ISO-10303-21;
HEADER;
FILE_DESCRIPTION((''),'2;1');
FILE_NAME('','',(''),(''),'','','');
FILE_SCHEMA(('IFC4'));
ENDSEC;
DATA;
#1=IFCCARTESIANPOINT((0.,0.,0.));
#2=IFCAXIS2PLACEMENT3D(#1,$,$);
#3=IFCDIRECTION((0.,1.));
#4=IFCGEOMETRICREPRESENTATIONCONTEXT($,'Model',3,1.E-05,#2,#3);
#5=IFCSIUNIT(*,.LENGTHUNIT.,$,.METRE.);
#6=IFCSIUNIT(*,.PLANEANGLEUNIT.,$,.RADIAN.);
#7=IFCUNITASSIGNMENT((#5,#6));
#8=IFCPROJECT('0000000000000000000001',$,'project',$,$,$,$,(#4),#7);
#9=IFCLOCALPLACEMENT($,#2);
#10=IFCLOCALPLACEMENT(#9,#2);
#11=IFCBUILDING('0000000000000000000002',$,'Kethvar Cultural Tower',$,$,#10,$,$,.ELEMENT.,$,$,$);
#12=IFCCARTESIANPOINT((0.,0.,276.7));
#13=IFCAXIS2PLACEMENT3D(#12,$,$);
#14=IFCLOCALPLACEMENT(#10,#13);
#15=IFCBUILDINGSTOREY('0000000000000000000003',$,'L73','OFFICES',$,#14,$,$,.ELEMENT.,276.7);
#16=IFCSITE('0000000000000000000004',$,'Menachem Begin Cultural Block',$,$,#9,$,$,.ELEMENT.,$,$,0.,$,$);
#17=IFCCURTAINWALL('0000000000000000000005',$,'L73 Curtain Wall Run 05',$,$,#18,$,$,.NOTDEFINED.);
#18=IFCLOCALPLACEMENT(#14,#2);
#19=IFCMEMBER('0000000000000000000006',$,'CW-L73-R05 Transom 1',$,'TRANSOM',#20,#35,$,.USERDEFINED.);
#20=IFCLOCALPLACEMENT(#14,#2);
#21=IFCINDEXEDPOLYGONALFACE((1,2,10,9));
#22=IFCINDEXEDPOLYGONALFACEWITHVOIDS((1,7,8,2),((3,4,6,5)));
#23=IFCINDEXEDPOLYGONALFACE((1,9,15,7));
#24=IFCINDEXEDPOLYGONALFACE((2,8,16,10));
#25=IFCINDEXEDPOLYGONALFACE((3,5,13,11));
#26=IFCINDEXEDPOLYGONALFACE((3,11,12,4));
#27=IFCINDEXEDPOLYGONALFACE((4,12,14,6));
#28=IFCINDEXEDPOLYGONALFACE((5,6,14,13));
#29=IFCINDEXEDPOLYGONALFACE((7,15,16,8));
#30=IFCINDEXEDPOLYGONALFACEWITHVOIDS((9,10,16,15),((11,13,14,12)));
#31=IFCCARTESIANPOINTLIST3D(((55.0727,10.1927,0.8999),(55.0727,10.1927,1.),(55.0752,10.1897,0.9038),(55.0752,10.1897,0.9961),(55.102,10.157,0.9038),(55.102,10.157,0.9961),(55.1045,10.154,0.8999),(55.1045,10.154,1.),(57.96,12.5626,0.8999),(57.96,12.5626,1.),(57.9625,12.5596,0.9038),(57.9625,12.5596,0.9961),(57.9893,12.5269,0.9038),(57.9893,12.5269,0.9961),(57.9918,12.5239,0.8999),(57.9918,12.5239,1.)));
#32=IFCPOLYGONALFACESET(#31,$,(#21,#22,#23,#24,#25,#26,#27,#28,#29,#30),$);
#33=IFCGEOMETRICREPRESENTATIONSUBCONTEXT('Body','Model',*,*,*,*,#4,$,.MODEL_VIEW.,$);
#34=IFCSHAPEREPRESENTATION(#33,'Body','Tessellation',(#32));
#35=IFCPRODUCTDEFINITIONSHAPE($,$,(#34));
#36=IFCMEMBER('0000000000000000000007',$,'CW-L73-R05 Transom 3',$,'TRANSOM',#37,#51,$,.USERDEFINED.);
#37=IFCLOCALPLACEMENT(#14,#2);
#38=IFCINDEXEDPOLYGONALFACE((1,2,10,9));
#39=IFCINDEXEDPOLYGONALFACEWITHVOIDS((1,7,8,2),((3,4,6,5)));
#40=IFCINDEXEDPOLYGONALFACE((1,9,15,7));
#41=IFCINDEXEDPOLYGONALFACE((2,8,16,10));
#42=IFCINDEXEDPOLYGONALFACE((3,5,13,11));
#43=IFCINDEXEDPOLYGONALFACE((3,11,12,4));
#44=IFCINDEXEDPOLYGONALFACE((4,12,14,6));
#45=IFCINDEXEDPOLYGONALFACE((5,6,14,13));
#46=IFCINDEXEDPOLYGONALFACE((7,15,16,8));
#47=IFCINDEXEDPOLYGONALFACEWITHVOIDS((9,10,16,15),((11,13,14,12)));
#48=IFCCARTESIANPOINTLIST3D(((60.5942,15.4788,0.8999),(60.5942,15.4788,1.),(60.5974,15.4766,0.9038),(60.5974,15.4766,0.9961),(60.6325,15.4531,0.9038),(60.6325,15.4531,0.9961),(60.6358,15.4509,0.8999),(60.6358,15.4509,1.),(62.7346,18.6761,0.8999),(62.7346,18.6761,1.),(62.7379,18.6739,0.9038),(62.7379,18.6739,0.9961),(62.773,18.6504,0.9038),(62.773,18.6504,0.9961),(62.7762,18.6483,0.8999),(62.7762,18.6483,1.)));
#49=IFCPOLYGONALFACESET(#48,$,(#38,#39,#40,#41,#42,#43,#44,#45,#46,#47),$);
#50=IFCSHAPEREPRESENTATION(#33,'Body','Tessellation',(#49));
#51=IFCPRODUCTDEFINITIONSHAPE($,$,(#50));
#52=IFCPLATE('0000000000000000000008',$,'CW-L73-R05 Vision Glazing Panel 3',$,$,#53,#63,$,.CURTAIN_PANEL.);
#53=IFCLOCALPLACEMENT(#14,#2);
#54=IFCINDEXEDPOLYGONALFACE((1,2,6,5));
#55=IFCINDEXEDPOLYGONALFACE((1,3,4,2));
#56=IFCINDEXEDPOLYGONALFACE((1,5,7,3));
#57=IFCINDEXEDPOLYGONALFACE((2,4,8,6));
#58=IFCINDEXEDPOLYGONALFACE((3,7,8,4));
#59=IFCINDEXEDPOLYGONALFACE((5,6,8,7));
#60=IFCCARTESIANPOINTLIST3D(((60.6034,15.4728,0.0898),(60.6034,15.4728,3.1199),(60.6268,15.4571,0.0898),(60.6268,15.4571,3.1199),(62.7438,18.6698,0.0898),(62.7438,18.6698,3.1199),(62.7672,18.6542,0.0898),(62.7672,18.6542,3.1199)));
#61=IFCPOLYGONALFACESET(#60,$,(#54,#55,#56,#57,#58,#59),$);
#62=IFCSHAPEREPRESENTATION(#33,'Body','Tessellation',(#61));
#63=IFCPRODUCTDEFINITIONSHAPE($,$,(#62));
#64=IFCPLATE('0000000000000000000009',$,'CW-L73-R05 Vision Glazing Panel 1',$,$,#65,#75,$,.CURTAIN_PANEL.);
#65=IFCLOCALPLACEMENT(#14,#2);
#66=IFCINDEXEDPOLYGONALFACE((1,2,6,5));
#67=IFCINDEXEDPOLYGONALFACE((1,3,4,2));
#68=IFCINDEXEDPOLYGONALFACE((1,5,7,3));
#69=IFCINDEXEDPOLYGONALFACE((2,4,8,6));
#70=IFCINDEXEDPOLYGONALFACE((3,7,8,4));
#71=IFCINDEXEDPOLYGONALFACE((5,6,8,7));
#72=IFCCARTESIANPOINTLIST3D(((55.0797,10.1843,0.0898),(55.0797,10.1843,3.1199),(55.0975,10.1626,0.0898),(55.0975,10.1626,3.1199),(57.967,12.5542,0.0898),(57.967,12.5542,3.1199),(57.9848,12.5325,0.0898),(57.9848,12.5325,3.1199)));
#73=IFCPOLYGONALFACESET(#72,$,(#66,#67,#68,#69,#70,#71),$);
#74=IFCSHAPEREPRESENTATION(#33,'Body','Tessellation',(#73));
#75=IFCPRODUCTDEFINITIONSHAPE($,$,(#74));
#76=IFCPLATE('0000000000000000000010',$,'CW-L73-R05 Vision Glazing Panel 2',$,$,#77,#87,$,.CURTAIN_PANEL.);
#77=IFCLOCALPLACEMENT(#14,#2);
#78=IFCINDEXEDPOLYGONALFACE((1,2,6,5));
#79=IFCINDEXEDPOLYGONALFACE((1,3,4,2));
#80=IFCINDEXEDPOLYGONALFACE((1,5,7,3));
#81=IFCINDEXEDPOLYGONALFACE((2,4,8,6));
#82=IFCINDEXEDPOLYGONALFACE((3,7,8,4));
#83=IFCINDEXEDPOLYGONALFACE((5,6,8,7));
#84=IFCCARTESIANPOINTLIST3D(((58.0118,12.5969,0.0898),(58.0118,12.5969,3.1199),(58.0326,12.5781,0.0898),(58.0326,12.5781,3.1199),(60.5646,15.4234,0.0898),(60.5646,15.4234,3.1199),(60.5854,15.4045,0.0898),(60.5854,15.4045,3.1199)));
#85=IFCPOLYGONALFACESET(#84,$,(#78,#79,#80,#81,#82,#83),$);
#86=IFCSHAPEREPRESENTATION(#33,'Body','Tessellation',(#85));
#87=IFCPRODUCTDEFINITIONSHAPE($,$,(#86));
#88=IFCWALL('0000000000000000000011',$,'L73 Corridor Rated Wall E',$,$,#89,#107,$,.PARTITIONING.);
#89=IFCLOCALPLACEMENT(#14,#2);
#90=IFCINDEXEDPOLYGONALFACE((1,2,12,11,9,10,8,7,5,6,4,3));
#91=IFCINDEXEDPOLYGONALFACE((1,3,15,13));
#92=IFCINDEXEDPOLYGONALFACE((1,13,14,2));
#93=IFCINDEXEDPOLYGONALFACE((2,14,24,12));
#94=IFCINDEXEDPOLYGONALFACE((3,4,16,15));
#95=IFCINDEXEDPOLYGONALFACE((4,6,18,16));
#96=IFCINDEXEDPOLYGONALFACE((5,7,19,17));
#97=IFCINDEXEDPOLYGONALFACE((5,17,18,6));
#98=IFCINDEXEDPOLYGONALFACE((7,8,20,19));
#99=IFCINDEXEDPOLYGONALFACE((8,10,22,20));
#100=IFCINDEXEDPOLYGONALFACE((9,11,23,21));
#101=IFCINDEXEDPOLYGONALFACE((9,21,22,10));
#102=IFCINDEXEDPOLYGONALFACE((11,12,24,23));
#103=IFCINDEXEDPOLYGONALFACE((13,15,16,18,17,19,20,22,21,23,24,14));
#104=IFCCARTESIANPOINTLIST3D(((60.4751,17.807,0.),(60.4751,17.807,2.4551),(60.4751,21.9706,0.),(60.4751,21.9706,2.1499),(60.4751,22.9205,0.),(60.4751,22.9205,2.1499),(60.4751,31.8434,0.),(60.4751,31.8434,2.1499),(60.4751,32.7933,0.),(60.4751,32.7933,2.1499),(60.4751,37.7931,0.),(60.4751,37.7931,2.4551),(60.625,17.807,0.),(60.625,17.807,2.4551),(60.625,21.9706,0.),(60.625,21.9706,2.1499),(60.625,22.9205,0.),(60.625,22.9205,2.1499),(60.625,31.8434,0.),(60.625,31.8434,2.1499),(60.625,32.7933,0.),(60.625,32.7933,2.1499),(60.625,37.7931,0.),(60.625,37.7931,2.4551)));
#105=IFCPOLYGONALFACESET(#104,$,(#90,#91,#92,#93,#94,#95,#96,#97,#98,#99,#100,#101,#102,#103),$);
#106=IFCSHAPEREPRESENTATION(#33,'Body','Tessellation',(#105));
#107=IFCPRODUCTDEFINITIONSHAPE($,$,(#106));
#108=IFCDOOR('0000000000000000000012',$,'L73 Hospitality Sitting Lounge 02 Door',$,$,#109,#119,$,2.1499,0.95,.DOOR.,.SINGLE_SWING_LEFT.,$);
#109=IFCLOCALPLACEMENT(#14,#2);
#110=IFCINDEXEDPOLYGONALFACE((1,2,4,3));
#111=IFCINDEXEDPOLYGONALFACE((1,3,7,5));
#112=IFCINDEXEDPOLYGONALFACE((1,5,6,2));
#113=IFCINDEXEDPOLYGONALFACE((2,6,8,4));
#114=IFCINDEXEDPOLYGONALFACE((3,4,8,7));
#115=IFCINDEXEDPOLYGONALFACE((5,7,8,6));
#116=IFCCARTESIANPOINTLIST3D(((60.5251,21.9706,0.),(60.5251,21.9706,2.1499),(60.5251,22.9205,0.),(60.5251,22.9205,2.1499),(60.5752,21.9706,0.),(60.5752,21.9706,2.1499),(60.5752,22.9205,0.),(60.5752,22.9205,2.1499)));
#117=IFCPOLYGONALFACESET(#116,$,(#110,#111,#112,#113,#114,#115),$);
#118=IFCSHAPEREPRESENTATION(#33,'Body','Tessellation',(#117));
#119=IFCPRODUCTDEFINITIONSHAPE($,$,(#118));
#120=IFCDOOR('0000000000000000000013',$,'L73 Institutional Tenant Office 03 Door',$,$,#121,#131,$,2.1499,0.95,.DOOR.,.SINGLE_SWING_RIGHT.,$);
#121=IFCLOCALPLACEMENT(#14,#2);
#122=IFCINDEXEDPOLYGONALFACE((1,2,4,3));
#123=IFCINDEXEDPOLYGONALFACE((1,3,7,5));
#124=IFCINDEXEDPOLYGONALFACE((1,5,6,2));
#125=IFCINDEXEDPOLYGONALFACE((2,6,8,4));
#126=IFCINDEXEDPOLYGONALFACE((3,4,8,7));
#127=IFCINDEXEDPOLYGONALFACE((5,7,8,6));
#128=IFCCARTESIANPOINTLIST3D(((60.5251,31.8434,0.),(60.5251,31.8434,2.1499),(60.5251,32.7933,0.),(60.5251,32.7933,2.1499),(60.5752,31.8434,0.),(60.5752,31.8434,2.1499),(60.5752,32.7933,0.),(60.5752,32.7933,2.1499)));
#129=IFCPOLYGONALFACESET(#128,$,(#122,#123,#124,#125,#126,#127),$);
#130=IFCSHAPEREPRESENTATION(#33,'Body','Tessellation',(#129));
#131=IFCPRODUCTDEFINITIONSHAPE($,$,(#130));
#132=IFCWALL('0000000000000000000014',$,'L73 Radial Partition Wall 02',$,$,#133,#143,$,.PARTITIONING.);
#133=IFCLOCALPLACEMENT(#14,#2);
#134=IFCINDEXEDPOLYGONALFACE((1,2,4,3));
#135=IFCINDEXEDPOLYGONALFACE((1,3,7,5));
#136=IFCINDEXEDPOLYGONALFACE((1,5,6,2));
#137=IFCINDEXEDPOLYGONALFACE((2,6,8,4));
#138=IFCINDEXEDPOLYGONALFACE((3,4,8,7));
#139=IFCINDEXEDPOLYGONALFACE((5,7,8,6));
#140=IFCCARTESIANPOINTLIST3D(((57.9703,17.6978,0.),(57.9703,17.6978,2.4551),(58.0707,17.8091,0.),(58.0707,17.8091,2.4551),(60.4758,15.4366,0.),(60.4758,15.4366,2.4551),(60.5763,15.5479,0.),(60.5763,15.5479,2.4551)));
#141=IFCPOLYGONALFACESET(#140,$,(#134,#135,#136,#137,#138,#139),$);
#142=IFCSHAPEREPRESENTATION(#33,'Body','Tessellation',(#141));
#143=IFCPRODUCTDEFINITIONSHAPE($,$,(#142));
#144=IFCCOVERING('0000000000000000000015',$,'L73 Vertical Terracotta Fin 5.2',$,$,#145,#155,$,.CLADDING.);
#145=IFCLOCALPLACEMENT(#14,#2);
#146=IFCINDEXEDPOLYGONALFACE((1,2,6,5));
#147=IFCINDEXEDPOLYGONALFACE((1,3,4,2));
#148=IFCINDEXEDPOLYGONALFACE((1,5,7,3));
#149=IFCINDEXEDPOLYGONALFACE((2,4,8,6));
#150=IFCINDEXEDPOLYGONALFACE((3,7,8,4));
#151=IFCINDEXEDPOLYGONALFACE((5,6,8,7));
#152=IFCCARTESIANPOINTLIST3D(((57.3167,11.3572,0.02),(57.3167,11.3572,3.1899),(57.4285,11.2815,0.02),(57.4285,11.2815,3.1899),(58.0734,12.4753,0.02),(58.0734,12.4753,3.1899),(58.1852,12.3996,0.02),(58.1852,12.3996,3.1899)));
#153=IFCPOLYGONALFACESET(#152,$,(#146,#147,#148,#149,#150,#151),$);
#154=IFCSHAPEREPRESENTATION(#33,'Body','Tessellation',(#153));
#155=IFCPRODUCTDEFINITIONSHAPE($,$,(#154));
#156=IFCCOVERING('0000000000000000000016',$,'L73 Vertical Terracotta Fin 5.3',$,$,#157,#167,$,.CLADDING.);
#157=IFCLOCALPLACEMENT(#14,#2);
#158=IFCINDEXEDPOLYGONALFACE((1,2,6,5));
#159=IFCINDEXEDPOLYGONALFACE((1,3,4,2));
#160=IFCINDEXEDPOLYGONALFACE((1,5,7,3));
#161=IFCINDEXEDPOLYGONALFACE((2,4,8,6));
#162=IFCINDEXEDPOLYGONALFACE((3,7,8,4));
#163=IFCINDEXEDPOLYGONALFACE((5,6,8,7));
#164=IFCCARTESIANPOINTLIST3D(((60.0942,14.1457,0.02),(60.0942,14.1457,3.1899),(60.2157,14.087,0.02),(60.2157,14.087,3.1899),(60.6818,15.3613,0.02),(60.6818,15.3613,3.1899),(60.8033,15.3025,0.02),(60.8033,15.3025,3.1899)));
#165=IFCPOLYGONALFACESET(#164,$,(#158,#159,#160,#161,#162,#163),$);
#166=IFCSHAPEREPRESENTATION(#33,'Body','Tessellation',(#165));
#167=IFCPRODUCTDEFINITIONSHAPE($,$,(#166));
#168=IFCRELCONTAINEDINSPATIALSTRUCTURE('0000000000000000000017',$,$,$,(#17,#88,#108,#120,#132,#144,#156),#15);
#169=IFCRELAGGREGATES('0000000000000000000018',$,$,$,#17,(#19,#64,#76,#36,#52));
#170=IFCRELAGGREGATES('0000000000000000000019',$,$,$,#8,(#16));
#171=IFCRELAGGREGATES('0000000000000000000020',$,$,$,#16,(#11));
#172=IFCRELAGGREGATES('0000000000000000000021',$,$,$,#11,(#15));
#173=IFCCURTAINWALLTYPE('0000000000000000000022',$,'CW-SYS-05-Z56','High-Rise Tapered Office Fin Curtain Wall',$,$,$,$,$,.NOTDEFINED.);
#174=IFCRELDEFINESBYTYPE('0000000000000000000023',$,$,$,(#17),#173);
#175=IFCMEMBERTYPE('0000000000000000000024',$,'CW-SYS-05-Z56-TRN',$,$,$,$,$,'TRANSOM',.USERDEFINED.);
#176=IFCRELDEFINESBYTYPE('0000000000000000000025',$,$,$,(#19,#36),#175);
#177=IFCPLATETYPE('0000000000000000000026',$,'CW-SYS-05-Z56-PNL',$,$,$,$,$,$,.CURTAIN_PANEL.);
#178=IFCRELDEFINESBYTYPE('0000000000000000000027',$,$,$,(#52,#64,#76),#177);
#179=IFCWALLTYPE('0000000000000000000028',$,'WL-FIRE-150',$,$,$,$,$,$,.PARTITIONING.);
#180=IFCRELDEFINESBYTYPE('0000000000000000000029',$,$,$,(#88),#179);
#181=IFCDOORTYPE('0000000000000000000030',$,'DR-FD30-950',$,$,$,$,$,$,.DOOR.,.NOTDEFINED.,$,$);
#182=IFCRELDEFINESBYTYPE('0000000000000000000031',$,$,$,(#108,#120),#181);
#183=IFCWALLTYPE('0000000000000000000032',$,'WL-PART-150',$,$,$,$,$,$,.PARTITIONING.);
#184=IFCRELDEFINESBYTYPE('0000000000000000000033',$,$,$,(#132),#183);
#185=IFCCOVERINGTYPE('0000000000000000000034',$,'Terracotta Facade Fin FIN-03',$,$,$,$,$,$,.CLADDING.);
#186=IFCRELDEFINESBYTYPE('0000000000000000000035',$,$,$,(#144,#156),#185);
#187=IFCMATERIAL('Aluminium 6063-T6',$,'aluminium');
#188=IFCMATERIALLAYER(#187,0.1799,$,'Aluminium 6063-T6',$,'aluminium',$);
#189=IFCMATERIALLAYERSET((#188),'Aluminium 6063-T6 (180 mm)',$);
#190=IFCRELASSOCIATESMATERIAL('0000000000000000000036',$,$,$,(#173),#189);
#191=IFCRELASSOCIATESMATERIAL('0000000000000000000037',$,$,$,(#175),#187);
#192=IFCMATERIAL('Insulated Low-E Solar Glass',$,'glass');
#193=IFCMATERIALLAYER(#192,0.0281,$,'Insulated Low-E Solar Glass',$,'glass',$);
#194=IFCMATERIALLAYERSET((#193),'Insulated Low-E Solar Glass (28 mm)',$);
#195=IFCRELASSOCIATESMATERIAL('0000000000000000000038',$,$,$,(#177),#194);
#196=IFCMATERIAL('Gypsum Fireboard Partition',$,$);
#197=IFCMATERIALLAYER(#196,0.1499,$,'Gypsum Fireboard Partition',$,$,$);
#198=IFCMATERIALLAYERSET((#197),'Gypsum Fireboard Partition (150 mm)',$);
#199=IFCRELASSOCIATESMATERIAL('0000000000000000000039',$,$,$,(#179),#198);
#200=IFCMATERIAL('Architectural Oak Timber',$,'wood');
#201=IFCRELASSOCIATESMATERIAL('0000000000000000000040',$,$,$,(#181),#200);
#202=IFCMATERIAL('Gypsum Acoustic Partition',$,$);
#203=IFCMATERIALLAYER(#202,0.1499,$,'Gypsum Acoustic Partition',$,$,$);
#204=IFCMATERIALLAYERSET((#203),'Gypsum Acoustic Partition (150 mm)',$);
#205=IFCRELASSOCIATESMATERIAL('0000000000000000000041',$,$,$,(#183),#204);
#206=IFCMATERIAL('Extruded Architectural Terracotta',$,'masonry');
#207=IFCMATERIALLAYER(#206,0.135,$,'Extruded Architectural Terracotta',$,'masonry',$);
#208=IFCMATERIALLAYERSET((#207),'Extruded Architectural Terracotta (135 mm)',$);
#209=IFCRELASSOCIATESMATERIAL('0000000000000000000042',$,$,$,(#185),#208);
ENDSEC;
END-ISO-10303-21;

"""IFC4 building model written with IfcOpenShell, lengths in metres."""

from ifc_helpers import new_model, si_unit, direction, frame, frame_2d, origin, origin_2d, place, context, subcontext, project, spatial, rectangle, hollow_rectangle, extrude, source, transform, mapped, material, layer, layer_set, material_profile, profile_set, type_object, element, fill, aggregate, save


model = new_model("IFC4")

# Units and contexts
model_context = context("Model", 3, precision=1e-05, world=origin(), true_north=direction((0.0, 1.0)))
body_context = subcontext(model_context, "Body", "Model", "MODEL_VIEW")
ifc_project = project(units=[si_unit("LENGTHUNIT", "METRE"), si_unit("PLANEANGLEUNIT", "RADIAN")], contexts=[model_context])

# Site, building, storey
site_placement = place(None, origin())
site = spatial("IfcSite", under=ifc_project, at=site_placement, Name="Menachem Begin Cultural Block", CompositionType="ELEMENT", RefElevation=0.0)
building_placement = place(site_placement, origin())
building = spatial("IfcBuilding", under=site, at=building_placement, Name="Kethvar Cultural Tower", CompositionType="ELEMENT")
storey_placement = place(building_placement, frame((0.0, 0.0, 276.7)))
storey = spatial("IfcBuildingStorey", under=building, at=storey_placement, Name="L73", Description="OFFICES", CompositionType="ELEMENT", Elevation=276.7)

# Shared definitions
ifc_material_1 = material(Name="Aluminium 6063-T6", Category="aluminium")
ifc_layer_1 = layer(ifc_material_1, 0.1799, Name="Aluminium 6063-T6", Category="aluminium")
ifc_layer_set_1 = layer_set([ifc_layer_1], Name="Aluminium 6063-T6 (180 mm)")
curtain_wall_type = type_object("IfcCurtainWallType", Name="CW-SYS-05-Z56", Description="High-Rise Tapered Office Fin Curtain Wall", PredefinedType="NOTDEFINED", material=ifc_layer_set_1)

# Curtain wall, members, plates
curtain_wall_1_placement = place(storey_placement, origin())
curtain_wall_1 = element("IfcCurtainWall", 1, at=curtain_wall_1_placement, inside=storey, type_object=curtain_wall_type, Name="L73 Curtain Wall Run 05", PredefinedType="NOTDEFINED")
ifc_material_profile_1 = material_profile(ifc_material_1, hollow_rectangle(XDim=0.05, YDim=0.1001, WallThickness=0.0039, at=origin_2d()), Name="Aluminium 6063-T6 — RHS100x50x4")
ifc_profile_set_1 = profile_set([ifc_material_profile_1], Name="Aluminium 6063-T6 — RHS100x50x4")
member_type_1 = type_object("IfcMemberType", Name="CW-SYS-05-Z56-TRN", ElementType="TRANSOM", PredefinedType="USERDEFINED", material=ifc_profile_set_1)
shared_shape_1 = source(origin(), body_context, "Body", "SweptSolid", [
    extrude(hollow_rectangle(XDim=0.05, YDim=0.1001, WallThickness=0.0039, at=origin_2d()), origin(), (0.0, 0.0, 1.0), 3.7354),
])
member_1_placement = place(storey_placement, frame((55.0886, 10.1733, 0.95), z_axis=(0.772957, 0.634458, 0.0), x_axis=(-0.634458, 0.772957, 0.0)))
member_1 = element("IfcMember", 2, at=member_1_placement, type_object=member_type_1, Name="CW-L73-R05 Transom 1", ObjectType="TRANSOM", PredefinedType="USERDEFINED", context=body_context, shape_type="MappedRepresentation", body=[
    mapped(shared_shape_1, transform((0.0, 0.0, 0.0), scale=1.0)),
])
shared_shape_2 = source(origin(), body_context, "Body", "SweptSolid", [
    extrude(hollow_rectangle(XDim=0.05, YDim=0.1001, WallThickness=0.0039, at=origin_2d()), origin(), (0.0, 0.0, 1.0), 3.8477),
])
member_2_placement = place(storey_placement, frame((60.615, 15.4648, 0.95), z_axis=(0.556295, 0.830985, 0.0), x_axis=(-0.830985, 0.556295, 0.0)))
member_2 = element("IfcMember", 3, at=member_2_placement, type_object=member_type_1, Name="CW-L73-R05 Transom 3", ObjectType="TRANSOM", PredefinedType="USERDEFINED", context=body_context, shape_type="MappedRepresentation", body=[
    mapped(shared_shape_2, transform((0.0, 0.0, 0.0), scale=1.0)),
])
ifc_material_2 = material(Name="Insulated Low-E Solar Glass", Category="glass")
ifc_layer_2 = layer(ifc_material_2, 0.0281, Name="Insulated Low-E Solar Glass", Category="glass")
ifc_layer_set_2 = layer_set([ifc_layer_2], Name="Insulated Low-E Solar Glass (28 mm)")
plate_type = type_object("IfcPlateType", Name="CW-SYS-05-Z56-PNL", PredefinedType="CURTAIN_PANEL", material=ifc_layer_set_2)
shared_shape_3 = source(origin(), body_context, "Body", "SweptSolid", [
    extrude(rectangle(XDim=3.8474, YDim=0.0281, at=origin_2d()), origin(), (0.0, 0.0, 1.0), 3.03),
])
plate_1_placement = place(storey_placement, frame((61.6853, 17.0635, 0.0898), z_axis=(0.0, 0.0, 1.0), x_axis=(0.556325, 0.830965, 0.0)))
plate_1 = element("IfcPlate", 4, at=plate_1_placement, type_object=plate_type, Name="CW-L73-R05 Vision Glazing Panel 3", PredefinedType="CURTAIN_PANEL", context=body_context, shape_type="MappedRepresentation", body=[
    mapped(shared_shape_3, transform((0.0, 0.0, 0.0), scale=1.0)),
])
shared_shape_4 = source(origin(), body_context, "Body", "SweptSolid", [
    extrude(rectangle(XDim=3.7354, YDim=0.0281, at=origin_2d()), origin(), (0.0, 0.0, 1.0), 3.03),
])
plate_2_placement = place(storey_placement, frame((56.5322, 11.3584, 0.0898), z_axis=(0.0, 0.0, 1.0), x_axis=(0.772966, 0.634447, 0.0)))
plate_2 = element("IfcPlate", 5, at=plate_2_placement, type_object=plate_type, Name="CW-L73-R05 Vision Glazing Panel 1", PredefinedType="CURTAIN_PANEL", context=body_context, shape_type="MappedRepresentation", body=[
    mapped(shared_shape_4, transform((0.0, 0.0, 0.0), scale=1.0)),
])
shared_shape_5 = source(origin(), body_context, "Body", "SweptSolid", [
    extrude(rectangle(XDim=3.8086, YDim=0.0281, at=origin_2d()), origin(), (0.0, 0.0, 1.0), 3.03),
])
plate_3_placement = place(storey_placement, frame((59.2986, 14.0007, 0.0898), z_axis=(0.0, 0.0, 1.0), x_axis=(0.670271, 0.742116, 0.0)))
plate_3 = element("IfcPlate", 6, at=plate_3_placement, type_object=plate_type, Name="CW-L73-R05 Vision Glazing Panel 2", PredefinedType="CURTAIN_PANEL", context=body_context, shape_type="MappedRepresentation", body=[
    mapped(shared_shape_5, transform((0.0, 0.0, 0.0), scale=1.0)),
])
aggregate(curtain_wall_1, [member_1, plate_2, plate_3, member_2, plate_1])

# Wall, openings, doors
ifc_material_3 = material(Name="Gypsum Fireboard Partition")
ifc_layer_3 = layer(ifc_material_3, 0.1499, Name="Gypsum Fireboard Partition")
ifc_layer_set_3 = layer_set([ifc_layer_3], Name="Gypsum Fireboard Partition (150 mm)")
wall_type_1 = type_object("IfcWallType", Name="WL-FIRE-150", PredefinedType="PARTITIONING", material=ifc_layer_set_3)
wall_1_placement = place(storey_placement, frame((60.55, 17.8069, 0.0), z_axis=(0.0, 0.0, 1.0), x_axis=(0.0, 1.0, 0.0)))
wall_1 = element("IfcWall", 7, at=wall_1_placement, inside=storey, type_object=wall_type_1, Name="L73 Corridor Rated Wall E", PredefinedType="PARTITIONING", context=body_context, shape_type="SweptSolid", body=[
    extrude(rectangle(XDim=19.9861, YDim=0.1499, at=frame_2d((9.9932, 0.0))), origin(), (0.0, 0.0, 1.0), 2.4551),
])
opening_1_placement = place(wall_1_placement, frame((4.1636, 0.0, 0.0)))
opening_1 = element("IfcOpeningElement", 8, at=opening_1_placement, cuts=wall_1, PredefinedType="OPENING", context=body_context, shape_type="SweptSolid", body=[
    extrude(rectangle(XDim=0.95, YDim=2.1499, at=frame_2d((0.4751, 1.075))), frame((0.0, 0.085, 0.0), z_axis=(0.0, -1.0, 0.0), x_axis=(1.0, 0.0, 0.0)), (0.0, 0.0, 1.0), 0.1699),
])
opening_2_placement = place(wall_1_placement, frame((14.0364, 0.0, 0.0)))
opening_2 = element("IfcOpeningElement", 9, at=opening_2_placement, cuts=wall_1, PredefinedType="OPENING", context=body_context, shape_type="SweptSolid", body=[
    extrude(rectangle(XDim=0.95, YDim=2.1499, at=frame_2d((0.4751, 1.075))), frame((0.0, 0.085, 0.0), z_axis=(0.0, -1.0, 0.0), x_axis=(1.0, 0.0, 0.0)), (0.0, 0.0, 1.0), 0.1699),
])
ifc_material_4 = material(Name="Architectural Oak Timber", Category="wood")
door_type = type_object("IfcDoorType", Name="DR-FD30-950", OperationType="NOTDEFINED", PredefinedType="DOOR", material=ifc_material_4)
shared_shape_6 = source(origin(), body_context, "Body", "SweptSolid", [
    extrude(rectangle(XDim=0.95, YDim=2.1499, at=frame_2d((0.4751, 1.075))), frame((0.0, 0.0249, 0.0), z_axis=(0.0, -1.0, 0.0), x_axis=(1.0, 0.0, 0.0)), (0.0, 0.0, 1.0), 0.05),
])
door_1_placement = place(opening_1_placement, origin())
door_1 = element("IfcDoor", 10, at=door_1_placement, inside=storey, type_object=door_type, Name="L73 Hospitality Sitting Lounge 02 Door", OperationType="SINGLE_SWING_LEFT", OverallHeight=2.1499, OverallWidth=0.95, PredefinedType="DOOR", context=body_context, shape_type="MappedRepresentation", body=[
    mapped(shared_shape_6, transform((0.0, 0.0, 0.0), scale=1.0)),
])
fill(opening_1, door_1)
door_2_placement = place(opening_2_placement, origin())
door_2 = element("IfcDoor", 11, at=door_2_placement, inside=storey, type_object=door_type, Name="L73 Institutional Tenant Office 03 Door", OperationType="SINGLE_SWING_RIGHT", OverallHeight=2.1499, OverallWidth=0.95, PredefinedType="DOOR", context=body_context, shape_type="MappedRepresentation", body=[
    mapped(shared_shape_6, transform((0.0, 0.0, 0.0), scale=1.0)),
])
fill(opening_2, door_2)

# Wall
ifc_material_5 = material(Name="Gypsum Acoustic Partition")
ifc_layer_4 = layer(ifc_material_5, 0.1499, Name="Gypsum Acoustic Partition")
ifc_layer_set_4 = layer_set([ifc_layer_4], Name="Gypsum Acoustic Partition (150 mm)")
wall_type_2 = type_object("IfcWallType", Name="WL-PART-150", PredefinedType="PARTITIONING", material=ifc_layer_set_4)
wall_2_placement = place(storey_placement, frame((58.0205, 17.7534, 0.0), z_axis=(0.0, 0.0, 1.0), x_axis=(0.742383, -0.669975, 0.0)))
element("IfcWall", 12, at=wall_2_placement, inside=storey, type_object=wall_type_2, Name="L73 Radial Partition Wall 02", PredefinedType="PARTITIONING", context=body_context, shape_type="SweptSolid", body=[
    extrude(rectangle(XDim=3.375, YDim=0.1499, at=frame_2d((1.6875, 0.0))), origin(), (0.0, 0.0, 1.0), 2.4551),
])

# Coverings
ifc_material_6 = material(Name="Extruded Architectural Terracotta", Category="masonry")
ifc_layer_5 = layer(ifc_material_6, 0.135, Name="Extruded Architectural Terracotta", Category="masonry")
ifc_layer_set_5 = layer_set([ifc_layer_5], Name="Extruded Architectural Terracotta (135 mm)")
covering_type = type_object("IfcCoveringType", Name="Terracotta Facade Fin FIN-03", PredefinedType="CLADDING", material=ifc_layer_set_5)
shared_shape_7 = source(origin(), body_context, "Body", "SweptSolid", [
    extrude(rectangle(XDim=1.3501, YDim=0.135, at=origin_2d()), origin(), (0.0, 0.0, 1.0), 3.1699),
])
for number, where, z_axis, x_axis, name in (
    (13, (57.751, 11.8784, 0.02), (0.0, 0.0, 1.0), (-0.560494, -0.828158, 0.0), "L73 Vertical Terracotta Fin 5.2"),
    (14, (60.4487, 14.7241, 0.02), (0.0, 0.0, 1.0), (-0.435231, -0.900319, 0.0), "L73 Vertical Terracotta Fin 5.3"),
):
    element("IfcCovering", number, at=place(storey_placement, frame(where, z_axis=z_axis, x_axis=x_axis)), inside=storey, type_object=covering_type, Name=name, PredefinedType="CLADDING", context=body_context, shape_type="MappedRepresentation", body=[
        mapped(shared_shape_7, transform((0.0, 0.0, 0.0), scale=1.0)),
    ])

save(model, "model.ifc")
